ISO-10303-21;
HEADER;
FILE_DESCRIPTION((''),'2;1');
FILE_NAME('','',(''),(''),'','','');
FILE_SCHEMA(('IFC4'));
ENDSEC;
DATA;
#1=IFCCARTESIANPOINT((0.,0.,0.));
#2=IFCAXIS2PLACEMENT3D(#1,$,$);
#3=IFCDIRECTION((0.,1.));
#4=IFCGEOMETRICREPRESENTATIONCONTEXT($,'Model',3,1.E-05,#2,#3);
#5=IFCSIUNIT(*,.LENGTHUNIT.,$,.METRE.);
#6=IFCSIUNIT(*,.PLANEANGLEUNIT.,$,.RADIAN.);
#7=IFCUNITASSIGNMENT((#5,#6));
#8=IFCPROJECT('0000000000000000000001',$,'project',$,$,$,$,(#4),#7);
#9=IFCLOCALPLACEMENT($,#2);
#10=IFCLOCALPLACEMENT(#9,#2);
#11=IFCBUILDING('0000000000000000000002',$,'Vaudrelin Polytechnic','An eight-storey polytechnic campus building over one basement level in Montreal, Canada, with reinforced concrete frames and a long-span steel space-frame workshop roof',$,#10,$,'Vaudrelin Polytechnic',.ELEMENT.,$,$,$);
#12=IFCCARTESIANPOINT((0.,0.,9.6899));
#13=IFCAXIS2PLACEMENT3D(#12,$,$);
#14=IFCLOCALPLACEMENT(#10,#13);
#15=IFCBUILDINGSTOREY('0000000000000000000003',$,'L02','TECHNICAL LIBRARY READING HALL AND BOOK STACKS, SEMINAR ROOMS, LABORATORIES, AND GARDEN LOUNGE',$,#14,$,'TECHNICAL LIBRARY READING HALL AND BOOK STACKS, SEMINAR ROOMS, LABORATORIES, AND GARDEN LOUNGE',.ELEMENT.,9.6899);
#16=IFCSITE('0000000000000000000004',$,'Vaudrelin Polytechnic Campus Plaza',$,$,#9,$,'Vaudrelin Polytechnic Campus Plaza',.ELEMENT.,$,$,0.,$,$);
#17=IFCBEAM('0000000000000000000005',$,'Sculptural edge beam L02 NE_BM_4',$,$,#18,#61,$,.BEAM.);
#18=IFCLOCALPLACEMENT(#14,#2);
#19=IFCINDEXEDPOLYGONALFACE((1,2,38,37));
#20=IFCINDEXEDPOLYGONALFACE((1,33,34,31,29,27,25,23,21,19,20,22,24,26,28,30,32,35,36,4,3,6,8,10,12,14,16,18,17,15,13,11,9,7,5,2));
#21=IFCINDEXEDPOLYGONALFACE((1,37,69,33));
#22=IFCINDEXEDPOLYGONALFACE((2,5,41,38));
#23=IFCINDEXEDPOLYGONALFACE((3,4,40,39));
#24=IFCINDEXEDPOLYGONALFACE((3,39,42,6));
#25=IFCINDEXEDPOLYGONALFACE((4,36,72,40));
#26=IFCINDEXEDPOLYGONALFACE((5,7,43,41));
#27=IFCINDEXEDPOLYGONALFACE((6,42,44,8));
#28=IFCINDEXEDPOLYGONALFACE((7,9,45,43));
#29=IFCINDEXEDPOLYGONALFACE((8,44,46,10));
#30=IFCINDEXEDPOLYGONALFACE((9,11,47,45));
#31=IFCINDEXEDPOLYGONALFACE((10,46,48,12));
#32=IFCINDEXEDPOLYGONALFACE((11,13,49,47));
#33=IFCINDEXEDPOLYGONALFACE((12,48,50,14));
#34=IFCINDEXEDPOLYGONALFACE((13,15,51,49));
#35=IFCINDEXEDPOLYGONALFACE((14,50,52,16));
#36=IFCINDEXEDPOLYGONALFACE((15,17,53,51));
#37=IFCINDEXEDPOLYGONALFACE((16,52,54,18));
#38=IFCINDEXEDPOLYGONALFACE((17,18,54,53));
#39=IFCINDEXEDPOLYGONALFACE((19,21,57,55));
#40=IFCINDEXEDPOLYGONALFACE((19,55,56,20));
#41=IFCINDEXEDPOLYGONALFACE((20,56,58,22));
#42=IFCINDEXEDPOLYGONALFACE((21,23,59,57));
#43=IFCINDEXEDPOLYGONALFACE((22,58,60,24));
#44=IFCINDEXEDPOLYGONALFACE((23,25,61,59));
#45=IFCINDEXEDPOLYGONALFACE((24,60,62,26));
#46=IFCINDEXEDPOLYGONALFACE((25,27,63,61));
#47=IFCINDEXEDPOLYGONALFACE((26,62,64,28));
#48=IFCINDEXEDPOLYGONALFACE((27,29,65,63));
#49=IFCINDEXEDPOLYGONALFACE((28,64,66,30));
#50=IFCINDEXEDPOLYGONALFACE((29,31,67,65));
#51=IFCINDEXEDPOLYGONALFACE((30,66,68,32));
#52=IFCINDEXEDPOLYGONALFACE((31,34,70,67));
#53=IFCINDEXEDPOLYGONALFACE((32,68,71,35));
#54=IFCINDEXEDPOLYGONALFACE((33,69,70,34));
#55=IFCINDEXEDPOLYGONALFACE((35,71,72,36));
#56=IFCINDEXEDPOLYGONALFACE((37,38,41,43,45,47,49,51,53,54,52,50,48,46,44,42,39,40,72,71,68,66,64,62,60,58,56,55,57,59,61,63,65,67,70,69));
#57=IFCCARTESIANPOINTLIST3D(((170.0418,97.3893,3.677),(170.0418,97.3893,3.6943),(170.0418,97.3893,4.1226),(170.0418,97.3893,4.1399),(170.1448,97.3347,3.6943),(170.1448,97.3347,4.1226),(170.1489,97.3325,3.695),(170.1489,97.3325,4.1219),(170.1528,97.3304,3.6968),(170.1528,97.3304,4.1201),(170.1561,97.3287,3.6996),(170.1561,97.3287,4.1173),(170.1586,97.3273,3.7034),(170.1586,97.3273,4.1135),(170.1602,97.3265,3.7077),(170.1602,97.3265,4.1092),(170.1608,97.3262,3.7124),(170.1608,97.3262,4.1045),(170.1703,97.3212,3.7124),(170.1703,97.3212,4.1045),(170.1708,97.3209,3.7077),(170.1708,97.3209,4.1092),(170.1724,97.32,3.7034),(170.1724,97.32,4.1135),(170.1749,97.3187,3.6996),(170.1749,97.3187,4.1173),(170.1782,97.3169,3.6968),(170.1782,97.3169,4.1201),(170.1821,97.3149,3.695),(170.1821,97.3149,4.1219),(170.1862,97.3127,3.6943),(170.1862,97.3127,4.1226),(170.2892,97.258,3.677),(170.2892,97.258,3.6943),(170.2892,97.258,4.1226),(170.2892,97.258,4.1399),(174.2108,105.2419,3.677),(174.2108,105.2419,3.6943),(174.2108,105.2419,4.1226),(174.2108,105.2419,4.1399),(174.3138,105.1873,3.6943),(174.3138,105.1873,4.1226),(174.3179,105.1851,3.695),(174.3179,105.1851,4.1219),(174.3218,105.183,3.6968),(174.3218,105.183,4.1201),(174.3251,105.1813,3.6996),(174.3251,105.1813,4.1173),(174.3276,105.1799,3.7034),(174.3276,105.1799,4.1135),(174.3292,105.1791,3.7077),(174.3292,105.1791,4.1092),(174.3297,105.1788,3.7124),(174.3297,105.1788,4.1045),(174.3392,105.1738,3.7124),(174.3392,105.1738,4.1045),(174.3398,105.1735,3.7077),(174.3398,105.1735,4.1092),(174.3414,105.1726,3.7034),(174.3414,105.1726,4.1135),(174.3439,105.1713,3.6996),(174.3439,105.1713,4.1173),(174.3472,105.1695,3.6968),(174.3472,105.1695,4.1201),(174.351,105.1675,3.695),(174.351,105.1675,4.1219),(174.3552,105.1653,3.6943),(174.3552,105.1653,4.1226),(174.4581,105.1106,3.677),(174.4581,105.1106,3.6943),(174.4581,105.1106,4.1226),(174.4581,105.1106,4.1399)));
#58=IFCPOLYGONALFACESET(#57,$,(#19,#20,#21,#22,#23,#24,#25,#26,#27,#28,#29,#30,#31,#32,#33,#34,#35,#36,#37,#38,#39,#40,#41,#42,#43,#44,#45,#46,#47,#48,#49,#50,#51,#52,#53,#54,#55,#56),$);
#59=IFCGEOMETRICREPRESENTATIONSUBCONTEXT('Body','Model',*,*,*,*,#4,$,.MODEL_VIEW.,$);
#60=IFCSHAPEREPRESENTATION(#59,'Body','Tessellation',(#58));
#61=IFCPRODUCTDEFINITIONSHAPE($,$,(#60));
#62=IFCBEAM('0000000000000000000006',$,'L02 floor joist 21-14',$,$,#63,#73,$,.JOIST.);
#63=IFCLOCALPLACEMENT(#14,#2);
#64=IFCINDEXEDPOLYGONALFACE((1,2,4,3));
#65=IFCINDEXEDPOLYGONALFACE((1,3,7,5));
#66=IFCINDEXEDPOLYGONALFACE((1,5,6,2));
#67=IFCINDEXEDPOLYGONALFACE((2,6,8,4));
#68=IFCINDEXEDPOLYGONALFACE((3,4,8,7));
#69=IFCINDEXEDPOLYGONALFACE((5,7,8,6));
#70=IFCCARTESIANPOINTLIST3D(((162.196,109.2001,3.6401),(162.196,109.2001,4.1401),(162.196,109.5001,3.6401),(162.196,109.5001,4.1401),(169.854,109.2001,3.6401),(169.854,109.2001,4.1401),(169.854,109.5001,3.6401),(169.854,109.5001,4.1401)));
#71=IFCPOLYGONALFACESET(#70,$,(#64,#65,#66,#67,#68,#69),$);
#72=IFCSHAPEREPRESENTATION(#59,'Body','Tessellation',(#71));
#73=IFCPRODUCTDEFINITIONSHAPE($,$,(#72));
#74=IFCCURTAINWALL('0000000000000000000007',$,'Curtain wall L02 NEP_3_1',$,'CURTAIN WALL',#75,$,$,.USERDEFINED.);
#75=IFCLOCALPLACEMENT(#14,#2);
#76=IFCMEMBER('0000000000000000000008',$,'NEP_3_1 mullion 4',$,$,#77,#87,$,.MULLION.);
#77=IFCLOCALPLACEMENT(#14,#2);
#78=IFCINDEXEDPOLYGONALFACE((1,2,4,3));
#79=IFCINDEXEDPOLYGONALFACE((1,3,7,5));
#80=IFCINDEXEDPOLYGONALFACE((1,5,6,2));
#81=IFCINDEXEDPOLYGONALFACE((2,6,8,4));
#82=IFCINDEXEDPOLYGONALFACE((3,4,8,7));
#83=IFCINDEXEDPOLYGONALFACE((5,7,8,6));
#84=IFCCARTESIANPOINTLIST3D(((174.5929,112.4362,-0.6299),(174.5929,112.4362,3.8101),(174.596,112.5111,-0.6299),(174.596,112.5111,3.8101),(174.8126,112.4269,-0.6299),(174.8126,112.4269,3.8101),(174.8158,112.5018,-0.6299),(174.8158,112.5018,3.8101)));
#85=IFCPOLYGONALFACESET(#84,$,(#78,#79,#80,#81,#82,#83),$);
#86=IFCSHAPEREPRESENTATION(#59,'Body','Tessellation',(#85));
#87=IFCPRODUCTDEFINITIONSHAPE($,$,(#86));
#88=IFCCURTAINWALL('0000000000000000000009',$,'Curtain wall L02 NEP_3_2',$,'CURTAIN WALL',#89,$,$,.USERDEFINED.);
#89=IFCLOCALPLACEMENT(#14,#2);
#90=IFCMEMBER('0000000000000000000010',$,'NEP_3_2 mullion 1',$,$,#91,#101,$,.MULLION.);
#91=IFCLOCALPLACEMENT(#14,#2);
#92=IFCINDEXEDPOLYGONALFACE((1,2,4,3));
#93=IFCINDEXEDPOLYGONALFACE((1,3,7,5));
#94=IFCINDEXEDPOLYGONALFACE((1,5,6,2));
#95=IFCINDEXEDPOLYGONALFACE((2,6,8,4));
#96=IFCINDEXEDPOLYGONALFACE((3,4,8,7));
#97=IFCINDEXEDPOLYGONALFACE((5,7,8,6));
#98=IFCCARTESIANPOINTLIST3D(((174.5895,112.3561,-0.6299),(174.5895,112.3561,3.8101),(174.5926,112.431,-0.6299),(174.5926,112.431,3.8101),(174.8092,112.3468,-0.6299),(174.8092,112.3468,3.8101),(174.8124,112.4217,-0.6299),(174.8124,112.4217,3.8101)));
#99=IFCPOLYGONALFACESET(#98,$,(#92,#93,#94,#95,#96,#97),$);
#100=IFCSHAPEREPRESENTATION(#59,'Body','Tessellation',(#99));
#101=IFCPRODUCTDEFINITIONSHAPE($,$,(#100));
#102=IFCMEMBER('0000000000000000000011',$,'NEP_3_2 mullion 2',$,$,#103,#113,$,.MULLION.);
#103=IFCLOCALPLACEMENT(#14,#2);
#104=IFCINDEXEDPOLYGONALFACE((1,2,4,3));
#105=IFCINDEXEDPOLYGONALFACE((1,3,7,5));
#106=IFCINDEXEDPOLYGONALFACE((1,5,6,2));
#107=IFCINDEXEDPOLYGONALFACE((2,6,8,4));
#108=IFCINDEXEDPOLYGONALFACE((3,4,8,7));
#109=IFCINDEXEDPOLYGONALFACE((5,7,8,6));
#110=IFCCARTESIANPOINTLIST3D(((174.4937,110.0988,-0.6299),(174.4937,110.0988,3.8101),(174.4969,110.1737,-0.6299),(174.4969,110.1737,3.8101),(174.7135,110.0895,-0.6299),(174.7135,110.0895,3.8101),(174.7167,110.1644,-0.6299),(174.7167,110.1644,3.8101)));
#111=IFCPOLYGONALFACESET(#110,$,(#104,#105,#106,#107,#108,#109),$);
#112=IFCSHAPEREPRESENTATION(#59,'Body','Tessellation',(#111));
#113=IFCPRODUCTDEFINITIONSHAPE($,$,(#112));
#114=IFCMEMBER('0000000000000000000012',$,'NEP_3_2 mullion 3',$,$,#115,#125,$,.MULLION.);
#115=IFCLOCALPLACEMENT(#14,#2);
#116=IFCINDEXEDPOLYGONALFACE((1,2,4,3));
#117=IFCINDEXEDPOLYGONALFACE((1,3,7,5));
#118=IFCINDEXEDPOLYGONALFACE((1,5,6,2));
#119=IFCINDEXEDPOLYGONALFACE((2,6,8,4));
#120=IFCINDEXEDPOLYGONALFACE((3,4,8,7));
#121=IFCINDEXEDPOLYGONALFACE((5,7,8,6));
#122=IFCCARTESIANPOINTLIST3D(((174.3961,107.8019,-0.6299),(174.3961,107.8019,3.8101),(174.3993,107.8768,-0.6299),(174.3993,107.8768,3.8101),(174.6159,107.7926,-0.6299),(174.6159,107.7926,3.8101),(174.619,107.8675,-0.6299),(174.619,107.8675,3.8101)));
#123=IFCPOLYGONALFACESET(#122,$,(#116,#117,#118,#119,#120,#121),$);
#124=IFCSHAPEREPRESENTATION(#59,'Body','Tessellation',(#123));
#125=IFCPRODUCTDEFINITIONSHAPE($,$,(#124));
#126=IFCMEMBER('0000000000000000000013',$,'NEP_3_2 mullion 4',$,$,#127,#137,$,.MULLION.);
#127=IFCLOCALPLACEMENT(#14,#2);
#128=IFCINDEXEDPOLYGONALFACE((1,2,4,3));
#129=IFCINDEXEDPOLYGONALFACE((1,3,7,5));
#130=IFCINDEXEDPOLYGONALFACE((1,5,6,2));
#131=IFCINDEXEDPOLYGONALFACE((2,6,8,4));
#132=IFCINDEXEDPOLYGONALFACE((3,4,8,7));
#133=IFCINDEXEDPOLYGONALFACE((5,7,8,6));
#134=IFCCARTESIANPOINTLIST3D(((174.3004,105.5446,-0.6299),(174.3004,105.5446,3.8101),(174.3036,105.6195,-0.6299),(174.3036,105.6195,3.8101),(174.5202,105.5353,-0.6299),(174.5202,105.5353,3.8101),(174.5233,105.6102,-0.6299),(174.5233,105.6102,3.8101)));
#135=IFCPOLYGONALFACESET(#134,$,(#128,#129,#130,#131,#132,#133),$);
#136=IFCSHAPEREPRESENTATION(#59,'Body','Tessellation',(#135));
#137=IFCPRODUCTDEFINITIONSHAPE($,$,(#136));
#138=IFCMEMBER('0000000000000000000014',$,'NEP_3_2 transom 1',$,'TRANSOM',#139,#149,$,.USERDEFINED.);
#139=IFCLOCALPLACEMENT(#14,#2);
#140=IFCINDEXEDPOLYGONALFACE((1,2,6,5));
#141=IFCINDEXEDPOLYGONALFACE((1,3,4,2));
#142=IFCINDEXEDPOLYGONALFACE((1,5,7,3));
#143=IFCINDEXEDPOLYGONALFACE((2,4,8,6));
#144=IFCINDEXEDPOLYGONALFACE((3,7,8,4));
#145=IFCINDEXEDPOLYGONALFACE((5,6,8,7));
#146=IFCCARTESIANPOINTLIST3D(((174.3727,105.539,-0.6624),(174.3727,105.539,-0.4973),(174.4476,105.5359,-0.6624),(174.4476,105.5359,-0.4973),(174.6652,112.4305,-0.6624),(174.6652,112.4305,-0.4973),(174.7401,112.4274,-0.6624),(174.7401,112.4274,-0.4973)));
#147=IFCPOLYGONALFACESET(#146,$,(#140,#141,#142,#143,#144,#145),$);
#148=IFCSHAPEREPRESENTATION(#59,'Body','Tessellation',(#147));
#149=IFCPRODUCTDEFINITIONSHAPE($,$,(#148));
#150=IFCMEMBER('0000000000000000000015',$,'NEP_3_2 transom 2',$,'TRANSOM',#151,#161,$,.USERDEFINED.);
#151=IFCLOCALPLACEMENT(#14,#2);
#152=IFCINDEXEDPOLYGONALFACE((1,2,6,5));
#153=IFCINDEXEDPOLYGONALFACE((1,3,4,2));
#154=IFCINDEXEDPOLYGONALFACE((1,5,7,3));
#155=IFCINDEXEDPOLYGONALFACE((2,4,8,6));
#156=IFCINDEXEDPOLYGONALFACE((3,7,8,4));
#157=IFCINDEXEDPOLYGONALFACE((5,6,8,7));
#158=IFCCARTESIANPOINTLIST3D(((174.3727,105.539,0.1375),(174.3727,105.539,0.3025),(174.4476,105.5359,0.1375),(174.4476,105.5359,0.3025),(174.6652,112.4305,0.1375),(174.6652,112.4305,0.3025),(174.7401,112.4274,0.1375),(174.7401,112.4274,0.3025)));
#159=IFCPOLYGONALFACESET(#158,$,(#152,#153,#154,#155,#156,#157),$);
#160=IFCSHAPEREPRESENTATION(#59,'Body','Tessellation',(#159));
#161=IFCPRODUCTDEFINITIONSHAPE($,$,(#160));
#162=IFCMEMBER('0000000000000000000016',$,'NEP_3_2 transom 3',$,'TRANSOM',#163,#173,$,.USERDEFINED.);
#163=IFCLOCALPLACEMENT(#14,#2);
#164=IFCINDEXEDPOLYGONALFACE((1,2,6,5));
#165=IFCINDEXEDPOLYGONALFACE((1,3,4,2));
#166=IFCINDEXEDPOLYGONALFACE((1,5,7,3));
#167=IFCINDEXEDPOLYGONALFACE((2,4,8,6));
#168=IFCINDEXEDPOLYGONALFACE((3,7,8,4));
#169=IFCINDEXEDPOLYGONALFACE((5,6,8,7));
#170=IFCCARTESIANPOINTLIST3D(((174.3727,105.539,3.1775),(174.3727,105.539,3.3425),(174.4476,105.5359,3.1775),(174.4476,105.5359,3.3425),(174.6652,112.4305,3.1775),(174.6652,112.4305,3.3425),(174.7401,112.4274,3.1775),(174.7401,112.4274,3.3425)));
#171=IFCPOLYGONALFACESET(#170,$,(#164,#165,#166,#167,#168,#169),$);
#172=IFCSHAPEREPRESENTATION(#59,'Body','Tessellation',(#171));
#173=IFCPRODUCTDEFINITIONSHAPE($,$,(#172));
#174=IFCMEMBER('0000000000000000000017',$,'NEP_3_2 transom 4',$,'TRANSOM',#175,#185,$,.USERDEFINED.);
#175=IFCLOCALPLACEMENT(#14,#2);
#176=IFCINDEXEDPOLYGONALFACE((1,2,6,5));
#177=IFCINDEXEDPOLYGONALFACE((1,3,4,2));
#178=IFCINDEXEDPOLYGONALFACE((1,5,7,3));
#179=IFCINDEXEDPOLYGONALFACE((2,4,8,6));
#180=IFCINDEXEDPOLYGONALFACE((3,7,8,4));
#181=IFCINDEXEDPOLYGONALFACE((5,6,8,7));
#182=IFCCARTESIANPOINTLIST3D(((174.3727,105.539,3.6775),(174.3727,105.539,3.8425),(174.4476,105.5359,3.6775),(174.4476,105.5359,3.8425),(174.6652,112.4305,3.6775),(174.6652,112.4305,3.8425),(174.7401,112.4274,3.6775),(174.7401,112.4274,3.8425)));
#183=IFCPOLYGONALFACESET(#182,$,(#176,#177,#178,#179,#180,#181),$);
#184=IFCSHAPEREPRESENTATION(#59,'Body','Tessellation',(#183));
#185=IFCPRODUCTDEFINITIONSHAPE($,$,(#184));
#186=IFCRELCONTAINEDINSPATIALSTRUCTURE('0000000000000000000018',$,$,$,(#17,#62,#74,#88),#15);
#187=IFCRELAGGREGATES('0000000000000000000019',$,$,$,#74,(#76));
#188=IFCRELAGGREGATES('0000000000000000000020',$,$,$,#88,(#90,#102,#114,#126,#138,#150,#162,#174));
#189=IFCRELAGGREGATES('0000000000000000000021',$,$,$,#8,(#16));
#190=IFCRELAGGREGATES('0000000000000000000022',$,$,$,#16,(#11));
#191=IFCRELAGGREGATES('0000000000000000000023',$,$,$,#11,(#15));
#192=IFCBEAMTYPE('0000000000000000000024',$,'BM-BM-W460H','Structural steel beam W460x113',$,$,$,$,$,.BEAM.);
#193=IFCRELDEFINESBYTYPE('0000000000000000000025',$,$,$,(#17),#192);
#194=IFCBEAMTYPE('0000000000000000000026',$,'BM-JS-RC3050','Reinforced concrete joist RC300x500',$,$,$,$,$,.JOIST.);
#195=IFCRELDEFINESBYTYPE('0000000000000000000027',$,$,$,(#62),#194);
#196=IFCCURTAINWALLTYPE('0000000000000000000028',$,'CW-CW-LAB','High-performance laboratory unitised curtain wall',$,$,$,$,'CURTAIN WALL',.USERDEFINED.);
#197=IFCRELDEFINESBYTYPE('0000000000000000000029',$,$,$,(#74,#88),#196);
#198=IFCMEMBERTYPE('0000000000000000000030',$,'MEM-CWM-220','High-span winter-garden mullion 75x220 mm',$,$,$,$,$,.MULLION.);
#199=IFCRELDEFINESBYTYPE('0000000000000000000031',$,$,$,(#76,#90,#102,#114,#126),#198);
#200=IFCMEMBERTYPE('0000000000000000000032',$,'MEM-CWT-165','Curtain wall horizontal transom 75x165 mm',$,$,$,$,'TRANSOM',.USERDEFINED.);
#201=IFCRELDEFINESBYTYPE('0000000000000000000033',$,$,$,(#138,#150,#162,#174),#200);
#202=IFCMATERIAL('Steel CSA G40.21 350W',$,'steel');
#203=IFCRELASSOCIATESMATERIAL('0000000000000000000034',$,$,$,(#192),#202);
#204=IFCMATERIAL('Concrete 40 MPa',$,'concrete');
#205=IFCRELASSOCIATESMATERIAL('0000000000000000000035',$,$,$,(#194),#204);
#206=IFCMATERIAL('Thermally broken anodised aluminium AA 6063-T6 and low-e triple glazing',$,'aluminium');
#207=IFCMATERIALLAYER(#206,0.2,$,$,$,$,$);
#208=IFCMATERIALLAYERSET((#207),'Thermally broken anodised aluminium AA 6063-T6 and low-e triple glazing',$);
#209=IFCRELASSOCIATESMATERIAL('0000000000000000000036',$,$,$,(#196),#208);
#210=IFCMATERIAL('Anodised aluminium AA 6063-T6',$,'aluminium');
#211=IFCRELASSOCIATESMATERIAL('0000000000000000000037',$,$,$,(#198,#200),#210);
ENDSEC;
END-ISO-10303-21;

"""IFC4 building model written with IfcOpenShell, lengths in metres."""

from ifc_helpers import new_model, si_unit, direction, frame, origin, origin_2d, place, context, subcontext, project, spatial, rectangle, i_section, extrude, material, layer, layer_set, material_profile, profile_set, type_object, element, aggregate, save


model = new_model("IFC4")

# Units and contexts
model_context = context("Model", 3, precision=1e-05, world=origin(), true_north=direction((0.0, 1.0)))
body_context = subcontext(model_context, "Body", "Model", "MODEL_VIEW")
ifc_project = project(units=[si_unit("LENGTHUNIT", "METRE"), si_unit("PLANEANGLEUNIT", "RADIAN")], contexts=[model_context])

# Site, building, storey
site_placement = place(None, origin())
site = spatial("IfcSite", under=ifc_project, at=site_placement, Name="Vaudrelin Polytechnic Campus Plaza", LongName="Vaudrelin Polytechnic Campus Plaza", CompositionType="ELEMENT", RefElevation=0.0)
building_placement = place(site_placement, origin())
building = spatial("IfcBuilding", under=site, at=building_placement, Name="Vaudrelin Polytechnic", Description="An eight-storey polytechnic campus building over one basement level in Montreal, Canada, with reinforced concrete frames and a long-span steel space-frame workshop roof", LongName="Vaudrelin Polytechnic", CompositionType="ELEMENT")
storey_placement = place(building_placement, frame((0.0, 0.0, 9.6899)))
storey = spatial("IfcBuildingStorey", under=building, at=storey_placement, Name="L02", Description="TECHNICAL LIBRARY READING HALL AND BOOK STACKS, SEMINAR ROOMS, LABORATORIES, AND GARDEN LOUNGE", LongName="TECHNICAL LIBRARY READING HALL AND BOOK STACKS, SEMINAR ROOMS, LABORATORIES, AND GARDEN LOUNGE", CompositionType="ELEMENT", Elevation=9.6899)

# Beams
ifc_material_1 = material(Name="Concrete 40 MPa", Category="concrete")
ifc_material_2 = material(Name="Steel CSA G40.21 350W", Category="steel")
ifc_material_profile_1 = material_profile(ifc_material_2, i_section(OverallWidth=0.28, OverallDepth=0.4629, WebThickness=0.0107, FlangeThickness=0.0173, FilletRadius=0.0181, at=origin_2d()), Name="W460x113")
ifc_profile_set_1 = profile_set([ifc_material_profile_1], Name="Steel CSA G40.21 350W")
beam_type_1 = type_object("IfcBeamType", Name="BM-BM-W460H", Description="Structural steel beam W460x113", PredefinedType="BEAM", material=ifc_profile_set_1)
beam_1_placement = place(storey_placement, frame((174.3345, 105.1763, 3.9084), z_axis=(-0.468917, -0.883242, 0.0), x_axis=(0.883242, -0.468917, 0.0)))
element("IfcBeam", 1, at=beam_1_placement, inside=storey, type_object=beam_type_1, Name="Sculptural edge beam L02 NE_BM_4", PredefinedType="BEAM", context=body_context, shape_type="SweptSolid", body=[
    extrude(i_section(OverallWidth=0.28, OverallDepth=0.4629, WebThickness=0.0107, FlangeThickness=0.0173, FilletRadius=0.0181, at=origin_2d()), origin(), (0.0, 0.0, 1.0), 8.8906),
])
ifc_material_profile_2 = material_profile(ifc_material_1, rectangle(XDim=0.3, YDim=0.5, at=origin_2d()), Name="RC300x500")
ifc_profile_set_2 = profile_set([ifc_material_profile_2], Name="Concrete 40 MPa")
beam_type_2 = type_object("IfcBeamType", Name="BM-JS-RC3050", Description="Reinforced concrete joist RC300x500", PredefinedType="JOIST", material=ifc_profile_set_2)
beam_2_placement = place(storey_placement, frame((162.196, 109.3501, 3.8901), z_axis=(1.0, 0.0, 0.0), x_axis=(0.0, 1.0, 0.0)))
element("IfcBeam", 2, at=beam_2_placement, inside=storey, type_object=beam_type_2, Name="L02 floor joist 21-14", PredefinedType="JOIST", context=body_context, shape_type="SweptSolid", body=[
    extrude(rectangle(XDim=0.3, YDim=0.5, at=origin_2d()), origin(), (0.0, 0.0, 1.0), 7.658),
])

# Curtain wall, member
ifc_material_3 = material(Name="Thermally broken anodised aluminium AA 6063-T6 and low-e triple glazing", Category="aluminium")
ifc_layer_1 = layer(ifc_material_3, 0.2)
ifc_layer_set_1 = layer_set([ifc_layer_1], Name="Thermally broken anodised aluminium AA 6063-T6 and low-e triple glazing")
curtain_wall_type = type_object("IfcCurtainWallType", Name="CW-CW-LAB", Description="High-performance laboratory unitised curtain wall", ElementType="CURTAIN WALL", PredefinedType="USERDEFINED", material=ifc_layer_set_1)
curtain_wall_1_placement = place(storey_placement, origin())
curtain_wall_1 = element("IfcCurtainWall", 3, at=curtain_wall_1_placement, inside=storey, type_object=curtain_wall_type, Name="Curtain wall L02 NEP_3_1", ObjectType="CURTAIN WALL", PredefinedType="USERDEFINED")
ifc_material_4 = material(Name="Anodised aluminium AA 6063-T6", Category="aluminium")
ifc_material_profile_3 = material_profile(ifc_material_4, rectangle(XDim=0.075, YDim=0.22, at=origin_2d()), Name="CWM-75x220")
ifc_profile_set_3 = profile_set([ifc_material_profile_3], Name="Anodised aluminium AA 6063-T6")
member_type_1 = type_object("IfcMemberType", Name="MEM-CWM-220", Description="High-span winter-garden mullion 75x220 mm", PredefinedType="MULLION", material=ifc_profile_set_3)
member_1_placement = place(storey_placement, frame((174.7043, 112.469, -0.6299), z_axis=(0.0, 0.0, 1.0), x_axis=(-0.042405, -0.9991, 0.0)))
member_1 = element("IfcMember", 4, at=member_1_placement, type_object=member_type_1, Name="NEP_3_1 mullion 4", PredefinedType="MULLION", context=body_context, shape_type="SweptSolid", body=[
    extrude(rectangle(XDim=0.075, YDim=0.22, at=origin_2d()), origin(), (0.0, 0.0, 1.0), 4.4399),
])
aggregate(curtain_wall_1, [member_1])

# Curtain wall, members
curtain_wall_2_placement = place(storey_placement, origin())
curtain_wall_2 = element("IfcCurtainWall", 5, at=curtain_wall_2_placement, inside=storey, type_object=curtain_wall_type, Name="Curtain wall L02 NEP_3_2", ObjectType="CURTAIN WALL", PredefinedType="USERDEFINED")
member_2_placement = place(storey_placement, frame((174.7009, 112.3889, -0.6299), z_axis=(0.0, 0.0, 1.0), x_axis=(-0.04242, -0.9991, 0.0)))
member_2 = element("IfcMember", 6, at=member_2_placement, type_object=member_type_1, Name="NEP_3_2 mullion 1", PredefinedType="MULLION", context=body_context, shape_type="SweptSolid", body=[
    extrude(rectangle(XDim=0.075, YDim=0.22, at=origin_2d()), origin(), (0.0, 0.0, 1.0), 4.4399),
])
member_3_placement = place(storey_placement, frame((174.6052, 110.1316, -0.6299), z_axis=(0.0, 0.0, 1.0), x_axis=(-0.04242, -0.9991, 0.0)))
member_3 = element("IfcMember", 7, at=member_3_placement, type_object=member_type_1, Name="NEP_3_2 mullion 2", PredefinedType="MULLION", context=body_context, shape_type="SweptSolid", body=[
    extrude(rectangle(XDim=0.075, YDim=0.22, at=origin_2d()), origin(), (0.0, 0.0, 1.0), 4.4399),
])
member_4_placement = place(storey_placement, frame((174.5076, 107.8347, -0.6299), z_axis=(0.0, 0.0, 1.0), x_axis=(-0.04242, -0.9991, 0.0)))
member_4 = element("IfcMember", 8, at=member_4_placement, type_object=member_type_1, Name="NEP_3_2 mullion 3", PredefinedType="MULLION", context=body_context, shape_type="SweptSolid", body=[
    extrude(rectangle(XDim=0.075, YDim=0.22, at=origin_2d()), origin(), (0.0, 0.0, 1.0), 4.4399),
])
member_5_placement = place(storey_placement, frame((174.4119, 105.5774, -0.6299), z_axis=(0.0, 0.0, 1.0), x_axis=(-0.04242, -0.9991, 0.0)))
member_5 = element("IfcMember", 9, at=member_5_placement, type_object=member_type_1, Name="NEP_3_2 mullion 4", PredefinedType="MULLION", context=body_context, shape_type="SweptSolid", body=[
    extrude(rectangle(XDim=0.075, YDim=0.22, at=origin_2d()), origin(), (0.0, 0.0, 1.0), 4.4399),
])
ifc_material_profile_4 = material_profile(ifc_material_4, rectangle(XDim=0.075, YDim=0.165, at=origin_2d()), Name="CWT-75x165")
ifc_profile_set_4 = profile_set([ifc_material_profile_4], Name="Anodised aluminium AA 6063-T6")
member_type_2 = type_object("IfcMemberType", Name="MEM-CWT-165", Description="Curtain wall horizontal transom 75x165 mm", ElementType="TRANSOM", PredefinedType="USERDEFINED", material=ifc_profile_set_4)
member_6_placement = place(storey_placement, frame((174.7026, 112.429, -0.5798), z_axis=(-0.042402, -0.999101, 0.0), x_axis=(0.999101, -0.042402, 0.0)))
member_6 = element("IfcMember", 10, at=member_6_placement, type_object=member_type_2, Name="NEP_3_2 transom 1", ObjectType="TRANSOM", PredefinedType="USERDEFINED", context=body_context, shape_type="SweptSolid", body=[
    extrude(rectangle(XDim=0.075, YDim=0.165, at=origin_2d()), origin(), (0.0, 0.0, 1.0), 6.8977),
])
member_7_placement = place(storey_placement, frame((174.7026, 112.429, 0.22), z_axis=(-0.042402, -0.999101, 0.0), x_axis=(0.999101, -0.042402, 0.0)))
member_7 = element("IfcMember", 11, at=member_7_placement, type_object=member_type_2, Name="NEP_3_2 transom 2", ObjectType="TRANSOM", PredefinedType="USERDEFINED", context=body_context, shape_type="SweptSolid", body=[
    extrude(rectangle(XDim=0.075, YDim=0.165, at=origin_2d()), origin(), (0.0, 0.0, 1.0), 6.8977),
])
member_8_placement = place(storey_placement, frame((174.7026, 112.429, 3.26), z_axis=(-0.042402, -0.999101, 0.0), x_axis=(0.999101, -0.042402, 0.0)))
member_8 = element("IfcMember", 12, at=member_8_placement, type_object=member_type_2, Name="NEP_3_2 transom 3", ObjectType="TRANSOM", PredefinedType="USERDEFINED", context=body_context, shape_type="SweptSolid", body=[
    extrude(rectangle(XDim=0.075, YDim=0.165, at=origin_2d()), origin(), (0.0, 0.0, 1.0), 6.8977),
])
member_9_placement = place(storey_placement, frame((174.7026, 112.429, 3.76), z_axis=(-0.042402, -0.999101, 0.0), x_axis=(0.999101, -0.042402, 0.0)))
member_9 = element("IfcMember", 13, at=member_9_placement, type_object=member_type_2, Name="NEP_3_2 transom 4", ObjectType="TRANSOM", PredefinedType="USERDEFINED", context=body_context, shape_type="SweptSolid", body=[
    extrude(rectangle(XDim=0.075, YDim=0.165, at=origin_2d()), origin(), (0.0, 0.0, 1.0), 6.8977),
])

aggregate(curtain_wall_2, [member_2, member_3, member_4, member_5, member_6, member_7, member_8, member_9])

save(model, "model.ifc")
